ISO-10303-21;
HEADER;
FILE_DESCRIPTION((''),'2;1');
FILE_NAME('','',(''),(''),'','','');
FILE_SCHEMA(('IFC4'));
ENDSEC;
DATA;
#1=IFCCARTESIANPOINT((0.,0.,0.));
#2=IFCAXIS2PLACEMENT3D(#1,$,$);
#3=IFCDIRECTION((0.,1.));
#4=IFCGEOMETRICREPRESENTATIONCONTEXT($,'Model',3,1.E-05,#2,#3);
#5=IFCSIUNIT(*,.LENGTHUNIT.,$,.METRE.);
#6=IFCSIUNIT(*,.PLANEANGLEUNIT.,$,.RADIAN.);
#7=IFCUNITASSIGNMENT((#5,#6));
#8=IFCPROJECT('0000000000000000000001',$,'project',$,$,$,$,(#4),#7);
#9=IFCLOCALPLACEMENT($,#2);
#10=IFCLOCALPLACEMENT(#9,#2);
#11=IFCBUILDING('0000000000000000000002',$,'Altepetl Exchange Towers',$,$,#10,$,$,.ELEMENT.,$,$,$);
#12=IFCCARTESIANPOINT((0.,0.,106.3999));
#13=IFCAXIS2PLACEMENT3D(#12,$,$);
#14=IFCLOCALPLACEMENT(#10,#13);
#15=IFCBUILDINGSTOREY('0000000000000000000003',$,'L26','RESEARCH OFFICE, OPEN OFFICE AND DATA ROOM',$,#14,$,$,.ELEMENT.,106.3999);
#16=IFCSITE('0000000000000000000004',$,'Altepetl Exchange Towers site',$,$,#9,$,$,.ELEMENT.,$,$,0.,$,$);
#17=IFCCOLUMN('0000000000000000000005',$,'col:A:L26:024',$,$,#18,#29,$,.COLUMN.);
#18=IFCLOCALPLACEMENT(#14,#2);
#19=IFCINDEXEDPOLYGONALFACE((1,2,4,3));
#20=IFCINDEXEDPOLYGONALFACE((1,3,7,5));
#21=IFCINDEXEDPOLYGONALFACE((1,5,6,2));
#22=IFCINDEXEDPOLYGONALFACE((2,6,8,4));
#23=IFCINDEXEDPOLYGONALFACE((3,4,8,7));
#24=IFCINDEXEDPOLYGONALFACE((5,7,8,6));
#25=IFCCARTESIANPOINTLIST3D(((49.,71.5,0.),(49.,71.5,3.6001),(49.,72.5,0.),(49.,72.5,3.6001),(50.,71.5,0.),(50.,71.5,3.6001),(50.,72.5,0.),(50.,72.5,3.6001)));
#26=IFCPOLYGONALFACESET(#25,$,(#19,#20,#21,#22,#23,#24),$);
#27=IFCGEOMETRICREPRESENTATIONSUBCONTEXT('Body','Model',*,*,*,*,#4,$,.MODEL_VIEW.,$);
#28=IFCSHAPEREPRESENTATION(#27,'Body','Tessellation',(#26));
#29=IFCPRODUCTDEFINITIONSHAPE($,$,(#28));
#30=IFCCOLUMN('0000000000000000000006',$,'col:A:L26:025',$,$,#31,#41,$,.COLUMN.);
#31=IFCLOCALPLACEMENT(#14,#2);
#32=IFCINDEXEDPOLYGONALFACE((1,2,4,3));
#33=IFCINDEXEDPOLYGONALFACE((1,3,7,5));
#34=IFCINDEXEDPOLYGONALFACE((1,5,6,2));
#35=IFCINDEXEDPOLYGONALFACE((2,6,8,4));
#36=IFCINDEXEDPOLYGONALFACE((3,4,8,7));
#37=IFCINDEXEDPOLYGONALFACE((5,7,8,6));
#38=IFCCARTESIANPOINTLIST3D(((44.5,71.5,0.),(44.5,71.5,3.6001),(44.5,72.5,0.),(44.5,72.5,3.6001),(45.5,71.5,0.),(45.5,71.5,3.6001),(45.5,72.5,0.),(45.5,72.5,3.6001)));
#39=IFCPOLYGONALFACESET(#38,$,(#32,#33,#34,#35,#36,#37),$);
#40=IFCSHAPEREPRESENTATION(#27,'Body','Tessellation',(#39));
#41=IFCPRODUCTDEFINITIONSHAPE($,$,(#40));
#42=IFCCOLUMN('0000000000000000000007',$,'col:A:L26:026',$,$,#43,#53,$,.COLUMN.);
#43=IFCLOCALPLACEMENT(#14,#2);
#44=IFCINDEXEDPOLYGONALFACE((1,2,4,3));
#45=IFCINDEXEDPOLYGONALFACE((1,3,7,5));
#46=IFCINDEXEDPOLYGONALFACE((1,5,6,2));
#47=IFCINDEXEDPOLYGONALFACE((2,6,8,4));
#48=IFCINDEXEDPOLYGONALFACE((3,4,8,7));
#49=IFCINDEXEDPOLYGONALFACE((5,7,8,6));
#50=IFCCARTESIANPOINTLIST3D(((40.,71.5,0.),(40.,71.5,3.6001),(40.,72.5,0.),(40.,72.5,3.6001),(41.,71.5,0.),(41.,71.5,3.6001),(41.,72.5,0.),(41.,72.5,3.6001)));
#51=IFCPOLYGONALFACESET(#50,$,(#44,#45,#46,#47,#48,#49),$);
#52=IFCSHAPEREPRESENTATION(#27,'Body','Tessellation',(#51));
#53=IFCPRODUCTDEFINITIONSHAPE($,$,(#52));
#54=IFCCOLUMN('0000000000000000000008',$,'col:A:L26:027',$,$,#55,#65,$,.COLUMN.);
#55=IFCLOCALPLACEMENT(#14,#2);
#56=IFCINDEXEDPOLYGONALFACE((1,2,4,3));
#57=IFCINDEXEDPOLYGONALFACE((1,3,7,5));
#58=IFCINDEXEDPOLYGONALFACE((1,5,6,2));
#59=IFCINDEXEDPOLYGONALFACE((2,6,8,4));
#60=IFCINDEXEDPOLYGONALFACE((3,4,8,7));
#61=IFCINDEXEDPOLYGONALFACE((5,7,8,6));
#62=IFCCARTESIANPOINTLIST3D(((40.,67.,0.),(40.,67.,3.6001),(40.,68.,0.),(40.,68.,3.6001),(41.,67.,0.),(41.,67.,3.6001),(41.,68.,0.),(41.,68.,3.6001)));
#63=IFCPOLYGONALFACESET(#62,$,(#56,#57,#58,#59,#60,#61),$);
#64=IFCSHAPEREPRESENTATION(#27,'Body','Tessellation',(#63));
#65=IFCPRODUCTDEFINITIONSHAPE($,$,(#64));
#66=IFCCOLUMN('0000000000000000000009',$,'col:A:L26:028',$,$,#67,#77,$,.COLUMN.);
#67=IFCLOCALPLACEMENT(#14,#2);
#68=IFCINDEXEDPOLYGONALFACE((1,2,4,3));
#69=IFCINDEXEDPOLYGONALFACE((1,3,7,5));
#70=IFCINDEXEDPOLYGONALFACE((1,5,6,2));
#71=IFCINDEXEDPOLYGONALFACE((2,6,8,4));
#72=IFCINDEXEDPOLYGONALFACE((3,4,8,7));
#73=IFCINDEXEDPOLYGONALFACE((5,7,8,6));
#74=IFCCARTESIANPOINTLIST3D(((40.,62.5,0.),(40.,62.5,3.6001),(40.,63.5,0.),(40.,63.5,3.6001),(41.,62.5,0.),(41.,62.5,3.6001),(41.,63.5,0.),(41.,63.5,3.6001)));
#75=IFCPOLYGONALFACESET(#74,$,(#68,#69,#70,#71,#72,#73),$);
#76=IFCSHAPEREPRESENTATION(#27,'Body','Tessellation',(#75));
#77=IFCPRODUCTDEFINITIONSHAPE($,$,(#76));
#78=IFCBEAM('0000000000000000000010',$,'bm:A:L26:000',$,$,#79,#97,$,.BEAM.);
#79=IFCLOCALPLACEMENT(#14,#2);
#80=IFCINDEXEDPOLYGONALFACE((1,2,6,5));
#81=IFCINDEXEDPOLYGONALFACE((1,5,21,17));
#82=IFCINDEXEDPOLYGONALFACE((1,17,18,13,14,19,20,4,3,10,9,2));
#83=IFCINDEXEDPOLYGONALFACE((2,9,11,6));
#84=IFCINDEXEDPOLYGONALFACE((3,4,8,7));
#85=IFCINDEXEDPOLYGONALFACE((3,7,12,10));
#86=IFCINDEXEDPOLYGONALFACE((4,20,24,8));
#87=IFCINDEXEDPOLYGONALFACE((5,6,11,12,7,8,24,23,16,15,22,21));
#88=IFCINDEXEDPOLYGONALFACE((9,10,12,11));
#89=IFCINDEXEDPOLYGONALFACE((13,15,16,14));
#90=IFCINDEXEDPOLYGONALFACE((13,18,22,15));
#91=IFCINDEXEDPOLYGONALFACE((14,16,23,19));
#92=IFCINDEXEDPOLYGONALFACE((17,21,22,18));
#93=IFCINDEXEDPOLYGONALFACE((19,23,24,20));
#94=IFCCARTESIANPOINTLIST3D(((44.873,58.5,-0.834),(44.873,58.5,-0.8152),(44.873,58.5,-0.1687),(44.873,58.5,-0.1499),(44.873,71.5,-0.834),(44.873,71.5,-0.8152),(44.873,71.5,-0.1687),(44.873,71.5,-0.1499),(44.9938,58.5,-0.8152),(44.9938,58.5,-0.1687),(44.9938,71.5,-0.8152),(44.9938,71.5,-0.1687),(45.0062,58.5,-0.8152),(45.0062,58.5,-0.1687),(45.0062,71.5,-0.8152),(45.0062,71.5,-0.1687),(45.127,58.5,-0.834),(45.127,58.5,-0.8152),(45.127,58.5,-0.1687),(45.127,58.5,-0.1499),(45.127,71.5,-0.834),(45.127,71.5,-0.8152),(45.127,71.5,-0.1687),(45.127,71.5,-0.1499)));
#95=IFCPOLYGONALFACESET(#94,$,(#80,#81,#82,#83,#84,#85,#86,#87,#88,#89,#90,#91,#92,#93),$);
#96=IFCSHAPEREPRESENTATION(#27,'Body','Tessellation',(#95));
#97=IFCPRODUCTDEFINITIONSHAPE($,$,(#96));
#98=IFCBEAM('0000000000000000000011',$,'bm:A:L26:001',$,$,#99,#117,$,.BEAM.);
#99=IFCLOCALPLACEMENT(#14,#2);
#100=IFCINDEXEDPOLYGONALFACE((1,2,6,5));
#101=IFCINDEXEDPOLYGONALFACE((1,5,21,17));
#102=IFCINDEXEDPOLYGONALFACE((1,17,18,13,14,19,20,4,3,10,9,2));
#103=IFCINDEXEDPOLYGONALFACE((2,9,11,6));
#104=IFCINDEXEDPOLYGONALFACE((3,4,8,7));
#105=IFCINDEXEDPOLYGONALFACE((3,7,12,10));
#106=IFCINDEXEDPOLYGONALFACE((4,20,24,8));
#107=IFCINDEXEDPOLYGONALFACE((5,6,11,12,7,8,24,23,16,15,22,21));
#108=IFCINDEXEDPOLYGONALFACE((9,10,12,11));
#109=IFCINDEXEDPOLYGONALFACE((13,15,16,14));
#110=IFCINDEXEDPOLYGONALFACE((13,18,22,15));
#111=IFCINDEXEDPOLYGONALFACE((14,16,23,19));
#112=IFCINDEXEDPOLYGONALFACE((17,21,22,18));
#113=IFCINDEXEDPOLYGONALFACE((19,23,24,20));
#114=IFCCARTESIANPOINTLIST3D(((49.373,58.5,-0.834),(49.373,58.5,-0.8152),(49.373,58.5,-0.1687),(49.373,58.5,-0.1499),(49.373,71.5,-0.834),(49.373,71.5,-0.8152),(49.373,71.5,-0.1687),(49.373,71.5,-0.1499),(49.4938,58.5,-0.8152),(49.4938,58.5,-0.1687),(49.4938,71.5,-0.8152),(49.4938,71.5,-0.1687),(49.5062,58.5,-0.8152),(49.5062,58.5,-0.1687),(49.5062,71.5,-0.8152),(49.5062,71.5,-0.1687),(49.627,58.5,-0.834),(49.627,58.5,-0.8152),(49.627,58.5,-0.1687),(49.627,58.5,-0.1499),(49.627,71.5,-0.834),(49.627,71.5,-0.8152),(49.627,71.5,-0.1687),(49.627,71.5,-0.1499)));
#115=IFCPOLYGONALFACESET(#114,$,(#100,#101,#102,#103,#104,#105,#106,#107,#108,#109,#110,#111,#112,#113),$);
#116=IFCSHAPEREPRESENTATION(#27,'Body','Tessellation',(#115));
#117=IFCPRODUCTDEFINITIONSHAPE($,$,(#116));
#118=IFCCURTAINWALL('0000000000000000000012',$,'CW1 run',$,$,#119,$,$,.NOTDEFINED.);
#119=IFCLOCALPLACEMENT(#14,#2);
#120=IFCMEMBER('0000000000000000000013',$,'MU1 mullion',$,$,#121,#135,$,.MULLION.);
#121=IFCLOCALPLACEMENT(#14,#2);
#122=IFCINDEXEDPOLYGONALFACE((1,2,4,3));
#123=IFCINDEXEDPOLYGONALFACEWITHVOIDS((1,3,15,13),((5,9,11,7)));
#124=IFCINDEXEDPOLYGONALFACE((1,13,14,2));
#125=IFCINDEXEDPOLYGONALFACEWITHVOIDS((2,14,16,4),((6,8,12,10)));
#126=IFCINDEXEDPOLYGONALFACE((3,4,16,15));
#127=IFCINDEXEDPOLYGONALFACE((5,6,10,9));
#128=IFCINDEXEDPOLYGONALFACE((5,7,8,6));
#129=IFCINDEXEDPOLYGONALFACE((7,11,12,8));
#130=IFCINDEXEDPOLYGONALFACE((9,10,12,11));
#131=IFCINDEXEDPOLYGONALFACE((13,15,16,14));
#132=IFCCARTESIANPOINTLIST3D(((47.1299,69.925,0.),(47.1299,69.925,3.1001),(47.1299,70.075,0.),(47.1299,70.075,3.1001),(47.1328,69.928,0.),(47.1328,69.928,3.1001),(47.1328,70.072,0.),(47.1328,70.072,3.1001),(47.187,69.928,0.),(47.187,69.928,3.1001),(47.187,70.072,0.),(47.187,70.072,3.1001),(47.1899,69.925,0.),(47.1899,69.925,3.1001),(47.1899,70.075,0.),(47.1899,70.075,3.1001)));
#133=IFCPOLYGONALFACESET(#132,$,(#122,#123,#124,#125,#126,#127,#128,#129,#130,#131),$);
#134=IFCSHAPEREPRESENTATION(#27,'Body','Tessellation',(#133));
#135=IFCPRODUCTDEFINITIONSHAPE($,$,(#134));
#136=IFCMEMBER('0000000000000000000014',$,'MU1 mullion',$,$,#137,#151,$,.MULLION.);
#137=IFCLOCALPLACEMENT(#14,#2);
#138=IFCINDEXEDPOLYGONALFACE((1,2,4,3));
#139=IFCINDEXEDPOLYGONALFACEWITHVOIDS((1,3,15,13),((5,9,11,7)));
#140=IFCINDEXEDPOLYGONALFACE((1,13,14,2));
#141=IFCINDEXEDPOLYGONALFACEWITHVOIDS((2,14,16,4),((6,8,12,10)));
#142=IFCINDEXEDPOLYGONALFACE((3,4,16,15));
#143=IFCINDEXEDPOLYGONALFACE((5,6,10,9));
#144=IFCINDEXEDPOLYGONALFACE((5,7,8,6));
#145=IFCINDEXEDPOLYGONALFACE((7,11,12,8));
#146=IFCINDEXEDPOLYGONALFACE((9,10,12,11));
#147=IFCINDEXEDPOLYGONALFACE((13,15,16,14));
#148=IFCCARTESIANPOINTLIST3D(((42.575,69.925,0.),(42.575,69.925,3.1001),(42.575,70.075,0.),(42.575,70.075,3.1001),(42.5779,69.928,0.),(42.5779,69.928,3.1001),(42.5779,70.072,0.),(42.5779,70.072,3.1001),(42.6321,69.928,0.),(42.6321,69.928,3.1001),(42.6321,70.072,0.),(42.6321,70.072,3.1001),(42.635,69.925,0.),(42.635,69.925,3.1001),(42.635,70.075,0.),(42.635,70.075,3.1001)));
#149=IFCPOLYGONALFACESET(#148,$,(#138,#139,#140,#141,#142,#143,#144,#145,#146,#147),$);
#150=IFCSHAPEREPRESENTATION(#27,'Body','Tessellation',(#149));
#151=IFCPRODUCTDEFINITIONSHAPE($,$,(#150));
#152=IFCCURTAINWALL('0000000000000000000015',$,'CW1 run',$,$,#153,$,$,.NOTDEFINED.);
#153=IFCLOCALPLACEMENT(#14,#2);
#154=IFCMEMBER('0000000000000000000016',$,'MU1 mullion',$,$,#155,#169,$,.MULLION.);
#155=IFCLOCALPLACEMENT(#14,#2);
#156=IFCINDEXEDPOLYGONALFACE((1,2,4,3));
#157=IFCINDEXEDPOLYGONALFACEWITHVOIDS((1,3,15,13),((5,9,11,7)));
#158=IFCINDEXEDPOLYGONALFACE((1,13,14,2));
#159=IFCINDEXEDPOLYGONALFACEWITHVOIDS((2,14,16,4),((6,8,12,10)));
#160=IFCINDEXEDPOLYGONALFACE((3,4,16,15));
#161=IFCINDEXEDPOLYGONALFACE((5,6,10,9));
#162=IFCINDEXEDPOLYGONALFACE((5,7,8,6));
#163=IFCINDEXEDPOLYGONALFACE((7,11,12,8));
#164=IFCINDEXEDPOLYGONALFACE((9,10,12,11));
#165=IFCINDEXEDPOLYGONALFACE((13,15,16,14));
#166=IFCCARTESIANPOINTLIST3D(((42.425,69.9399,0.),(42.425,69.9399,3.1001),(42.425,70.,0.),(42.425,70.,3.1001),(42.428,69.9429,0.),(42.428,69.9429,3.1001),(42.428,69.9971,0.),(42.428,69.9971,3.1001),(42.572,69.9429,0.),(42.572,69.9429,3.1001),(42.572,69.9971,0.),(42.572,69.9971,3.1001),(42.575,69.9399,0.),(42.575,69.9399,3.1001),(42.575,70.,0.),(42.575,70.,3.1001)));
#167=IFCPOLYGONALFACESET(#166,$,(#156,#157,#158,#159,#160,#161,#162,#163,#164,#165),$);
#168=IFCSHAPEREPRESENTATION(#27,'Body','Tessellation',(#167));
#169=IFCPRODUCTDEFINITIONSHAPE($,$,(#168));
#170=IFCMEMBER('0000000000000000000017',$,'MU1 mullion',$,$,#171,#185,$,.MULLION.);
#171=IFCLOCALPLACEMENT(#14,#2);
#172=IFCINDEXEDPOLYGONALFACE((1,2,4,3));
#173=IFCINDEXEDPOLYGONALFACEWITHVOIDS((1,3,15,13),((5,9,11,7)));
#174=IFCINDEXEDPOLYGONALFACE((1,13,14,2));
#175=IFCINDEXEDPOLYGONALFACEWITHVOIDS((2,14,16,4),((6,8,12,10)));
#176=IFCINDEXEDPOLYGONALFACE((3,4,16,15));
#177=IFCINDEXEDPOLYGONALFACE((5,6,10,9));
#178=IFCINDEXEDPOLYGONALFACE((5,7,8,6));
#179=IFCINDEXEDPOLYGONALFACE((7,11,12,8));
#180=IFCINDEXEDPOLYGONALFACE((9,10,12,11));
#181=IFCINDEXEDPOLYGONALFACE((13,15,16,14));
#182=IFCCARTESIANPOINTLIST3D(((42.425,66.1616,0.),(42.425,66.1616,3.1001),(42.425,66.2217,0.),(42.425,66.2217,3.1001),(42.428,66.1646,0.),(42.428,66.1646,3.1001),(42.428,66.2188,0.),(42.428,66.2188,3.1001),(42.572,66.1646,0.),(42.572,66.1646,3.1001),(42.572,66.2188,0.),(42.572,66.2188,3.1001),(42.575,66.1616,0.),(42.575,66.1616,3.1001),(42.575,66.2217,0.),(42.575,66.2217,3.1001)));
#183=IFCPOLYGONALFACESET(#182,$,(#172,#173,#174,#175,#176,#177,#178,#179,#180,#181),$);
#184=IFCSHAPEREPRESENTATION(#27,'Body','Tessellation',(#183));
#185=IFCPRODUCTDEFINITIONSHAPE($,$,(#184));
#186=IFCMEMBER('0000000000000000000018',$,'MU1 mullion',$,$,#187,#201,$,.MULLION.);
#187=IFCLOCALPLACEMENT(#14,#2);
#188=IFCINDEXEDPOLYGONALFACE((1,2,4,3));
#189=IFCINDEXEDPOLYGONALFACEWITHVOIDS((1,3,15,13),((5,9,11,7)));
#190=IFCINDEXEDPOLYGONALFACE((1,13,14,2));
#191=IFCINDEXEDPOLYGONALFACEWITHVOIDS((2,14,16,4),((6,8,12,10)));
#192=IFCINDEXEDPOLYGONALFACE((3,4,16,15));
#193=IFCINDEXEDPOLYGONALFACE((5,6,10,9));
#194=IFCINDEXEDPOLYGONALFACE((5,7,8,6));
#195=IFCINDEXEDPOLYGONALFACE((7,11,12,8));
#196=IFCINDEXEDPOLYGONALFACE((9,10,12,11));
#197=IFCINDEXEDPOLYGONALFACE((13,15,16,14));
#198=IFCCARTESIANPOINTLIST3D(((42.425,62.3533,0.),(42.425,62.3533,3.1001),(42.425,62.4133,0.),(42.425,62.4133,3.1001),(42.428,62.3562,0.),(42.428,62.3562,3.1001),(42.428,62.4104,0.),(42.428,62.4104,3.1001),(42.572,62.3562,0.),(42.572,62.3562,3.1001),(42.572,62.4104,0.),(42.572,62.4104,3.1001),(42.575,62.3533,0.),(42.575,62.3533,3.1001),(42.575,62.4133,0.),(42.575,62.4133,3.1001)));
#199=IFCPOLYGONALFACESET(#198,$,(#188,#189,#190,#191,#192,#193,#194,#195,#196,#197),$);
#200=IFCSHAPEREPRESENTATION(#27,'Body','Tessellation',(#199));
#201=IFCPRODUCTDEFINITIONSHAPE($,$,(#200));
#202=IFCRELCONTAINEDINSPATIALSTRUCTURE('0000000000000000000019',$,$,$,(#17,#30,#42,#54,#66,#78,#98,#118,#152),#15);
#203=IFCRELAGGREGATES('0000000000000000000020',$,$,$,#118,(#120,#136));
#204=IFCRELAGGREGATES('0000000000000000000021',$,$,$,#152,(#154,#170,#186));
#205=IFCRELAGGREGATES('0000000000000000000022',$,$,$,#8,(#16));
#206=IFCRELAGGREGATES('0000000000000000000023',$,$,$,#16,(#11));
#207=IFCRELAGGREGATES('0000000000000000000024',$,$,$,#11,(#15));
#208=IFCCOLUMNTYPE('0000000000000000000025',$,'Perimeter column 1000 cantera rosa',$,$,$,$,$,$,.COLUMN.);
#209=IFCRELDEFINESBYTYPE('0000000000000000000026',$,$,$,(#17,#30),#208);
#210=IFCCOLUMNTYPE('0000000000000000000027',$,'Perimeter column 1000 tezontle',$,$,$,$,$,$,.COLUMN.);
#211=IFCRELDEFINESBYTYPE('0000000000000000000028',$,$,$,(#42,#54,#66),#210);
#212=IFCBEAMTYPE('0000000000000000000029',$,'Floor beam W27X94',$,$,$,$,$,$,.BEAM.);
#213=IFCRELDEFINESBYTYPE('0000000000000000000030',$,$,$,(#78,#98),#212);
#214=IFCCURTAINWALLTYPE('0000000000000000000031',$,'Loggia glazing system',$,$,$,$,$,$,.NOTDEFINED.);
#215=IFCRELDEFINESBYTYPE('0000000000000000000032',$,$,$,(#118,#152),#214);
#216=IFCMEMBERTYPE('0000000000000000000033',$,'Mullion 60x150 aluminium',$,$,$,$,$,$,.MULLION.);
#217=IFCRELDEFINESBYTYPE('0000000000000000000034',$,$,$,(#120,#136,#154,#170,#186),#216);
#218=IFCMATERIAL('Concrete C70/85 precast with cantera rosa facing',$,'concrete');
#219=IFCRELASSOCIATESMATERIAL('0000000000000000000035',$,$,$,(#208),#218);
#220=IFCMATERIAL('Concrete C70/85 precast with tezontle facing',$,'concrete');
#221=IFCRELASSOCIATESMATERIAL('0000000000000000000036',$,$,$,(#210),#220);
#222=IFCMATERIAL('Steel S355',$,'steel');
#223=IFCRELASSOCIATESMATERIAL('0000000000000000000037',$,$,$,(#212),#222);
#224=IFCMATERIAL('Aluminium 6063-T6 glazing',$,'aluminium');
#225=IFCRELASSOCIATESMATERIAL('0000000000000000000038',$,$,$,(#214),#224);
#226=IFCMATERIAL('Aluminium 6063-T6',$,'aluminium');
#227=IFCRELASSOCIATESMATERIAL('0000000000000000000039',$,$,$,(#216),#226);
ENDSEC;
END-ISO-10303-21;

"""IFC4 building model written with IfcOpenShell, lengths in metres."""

from ifc_helpers import new_model, si_unit, direction, frame, origin, origin_2d, place, context, subcontext, project, spatial, rectangle, hollow_rectangle, i_section, extrude, material, material_profile, profile_set, type_object, element, aggregate, save


model = new_model("IFC4")

# Units and contexts
model_context = context("Model", 3, precision=1e-05, world=origin(), true_north=direction((0.0, 1.0)))
body_context = subcontext(model_context, "Body", "Model", "MODEL_VIEW")
ifc_project = project(units=[si_unit("LENGTHUNIT", "METRE"), si_unit("PLANEANGLEUNIT", "RADIAN")], contexts=[model_context])

# Site, building, storey
site_placement = place(None, origin())
site = spatial("IfcSite", under=ifc_project, at=site_placement, Name="Altepetl Exchange Towers site", CompositionType="ELEMENT", RefElevation=0.0)
building_placement = place(site_placement, origin())
building = spatial("IfcBuilding", under=site, at=building_placement, Name="Altepetl Exchange Towers", CompositionType="ELEMENT")
storey_placement = place(building_placement, frame((0.0, 0.0, 106.3999)))
storey = spatial("IfcBuildingStorey", under=building, at=storey_placement, Name="L26", Description="RESEARCH OFFICE, OPEN OFFICE AND DATA ROOM", CompositionType="ELEMENT", Elevation=106.3999)

# Columns
ifc_material_1 = material(Name="Concrete C70/85 precast with cantera rosa facing", Category="concrete")
ifc_material_profile_1 = material_profile(ifc_material_1, rectangle(XDim=1.0, YDim=1.0, at=origin_2d()), Name="1000 x 1000")
ifc_profile_set_1 = profile_set([ifc_material_profile_1], Name="Concrete C70/85 precast with cantera rosa facing")
column_type_1 = type_object("IfcColumnType", Name="Perimeter column 1000 cantera rosa", PredefinedType="COLUMN", material=ifc_profile_set_1)
for number, where, name in (
    (1, (49.5, 72.0, 0.0), "col:A:L26:024"),
    (2, (45.0, 72.0, 0.0), "col:A:L26:025"),
):
    element("IfcColumn", number, at=place(storey_placement, frame(where)), inside=storey, type_object=column_type_1, Name=name, PredefinedType="COLUMN", context=body_context, shape_type="SweptSolid", body=[
        extrude(rectangle(XDim=1.0, YDim=1.0, at=origin_2d()), origin(), (0.0, 0.0, 1.0), 3.6001),
    ])
ifc_material_2 = material(Name="Concrete C70/85 precast with tezontle facing", Category="concrete")
ifc_material_profile_2 = material_profile(ifc_material_2, rectangle(XDim=1.0, YDim=1.0, at=origin_2d()), Name="1000 x 1000")
ifc_profile_set_2 = profile_set([ifc_material_profile_2], Name="Concrete C70/85 precast with tezontle facing")
column_type_2 = type_object("IfcColumnType", Name="Perimeter column 1000 tezontle", PredefinedType="COLUMN", material=ifc_profile_set_2)
for number, where, name in (
    (3, (40.5, 72.0, 0.0), "col:A:L26:026"),
    (4, (40.5, 67.5, 0.0), "col:A:L26:027"),
    (5, (40.5, 63.0, 0.0), "col:A:L26:028"),
):
    element("IfcColumn", number, at=place(storey_placement, frame(where)), inside=storey, type_object=column_type_2, Name=name, PredefinedType="COLUMN", context=body_context, shape_type="SweptSolid", body=[
        extrude(rectangle(XDim=1.0, YDim=1.0, at=origin_2d()), origin(), (0.0, 0.0, 1.0), 3.6001),
    ])

# Beams
ifc_material_3 = material(Name="Steel S355", Category="steel")
ifc_material_profile_3 = material_profile(ifc_material_3, i_section(OverallWidth=0.2539, OverallDepth=0.6841, WebThickness=0.0125, FlangeThickness=0.0188, at=origin_2d()), Name="W27X94")
ifc_profile_set_3 = profile_set([ifc_material_profile_3], Name="Steel S355")
beam_type_1 = type_object("IfcBeamType", Name="Floor beam W27X94", PredefinedType="BEAM", material=ifc_profile_set_3)
for number, where, z_axis, x_axis, name in (
    (6, (45.0, 58.5, -0.4919), (0.0, 1.0, 0.0), (-1.0, 0.0, 0.0), "bm:A:L26:000"),
    (7, (49.5, 58.5, -0.4919), (0.0, 1.0, 0.0), (-1.0, 0.0, 0.0), "bm:A:L26:001"),
):
    element("IfcBeam", number, at=place(storey_placement, frame(where, z_axis=z_axis, x_axis=x_axis)), inside=storey, type_object=beam_type_1, Name=name, PredefinedType="BEAM", context=body_context, shape_type="SweptSolid", body=[
        extrude(i_section(OverallWidth=0.2539, OverallDepth=0.6841, WebThickness=0.0125, FlangeThickness=0.0188, at=origin_2d()), origin(), (0.0, 0.0, 1.0), 13.0),
    ])

# Curtain walls, members
ifc_material_4 = material(Name="Aluminium 6063-T6 glazing", Category="aluminium")
curtain_wall_type = type_object("IfcCurtainWallType", Name="Loggia glazing system", PredefinedType="NOTDEFINED", material=ifc_material_4)
curtain_wall_1_placement = place(storey_placement, origin())
curtain_wall_1 = element("IfcCurtainWall", 8, at=curtain_wall_1_placement, inside=storey, type_object=curtain_wall_type, Name="CW1 run", PredefinedType="NOTDEFINED")
ifc_material_5 = material(Name="Aluminium 6063-T6", Category="aluminium")
ifc_material_profile_4 = material_profile(ifc_material_5, hollow_rectangle(XDim=0.0601, YDim=0.1499, WallThickness=0.0029, at=origin_2d()), Name="Mullion 60x150 aluminium")
ifc_profile_set_4 = profile_set([ifc_material_profile_4], Name="Aluminium 6063-T6")
member_type = type_object("IfcMemberType", Name="Mullion 60x150 aluminium", PredefinedType="MULLION", material=ifc_profile_set_4)
member_1_placement = place(storey_placement, frame((47.1599, 70.0, 0.0), z_axis=(0.0, 0.0, 1.0), x_axis=(-1.0, 0.0, 0.0)))
member_1 = element("IfcMember", 9, at=member_1_placement, type_object=member_type, Name="MU1 mullion", PredefinedType="MULLION", context=body_context, shape_type="SweptSolid", body=[
    extrude(hollow_rectangle(XDim=0.0601, YDim=0.1499, WallThickness=0.0029, at=origin_2d()), origin(), (0.0, 0.0, 1.0), 3.1001),
])
member_2_placement = place(storey_placement, frame((42.605, 70.0, 0.0), z_axis=(0.0, 0.0, 1.0), x_axis=(-1.0, 0.0, 0.0)))
member_2 = element("IfcMember", 10, at=member_2_placement, type_object=member_type, Name="MU1 mullion", PredefinedType="MULLION", context=body_context, shape_type="SweptSolid", body=[
    extrude(hollow_rectangle(XDim=0.0601, YDim=0.1499, WallThickness=0.0029, at=origin_2d()), origin(), (0.0, 0.0, 1.0), 3.1001),
])
curtain_wall_2_placement = place(storey_placement, origin())
curtain_wall_2 = element("IfcCurtainWall", 11, at=curtain_wall_2_placement, inside=storey, type_object=curtain_wall_type, Name="CW1 run", PredefinedType="NOTDEFINED")
member_3_placement = place(storey_placement, frame((42.5, 69.97, 0.0), z_axis=(0.0, 0.0, 1.0), x_axis=(0.0, -1.0, 0.0)))
member_3 = element("IfcMember", 12, at=member_3_placement, type_object=member_type, Name="MU1 mullion", PredefinedType="MULLION", context=body_context, shape_type="SweptSolid", body=[
    extrude(hollow_rectangle(XDim=0.0601, YDim=0.1499, WallThickness=0.0029, at=origin_2d()), origin(), (0.0, 0.0, 1.0), 3.1001),
])
member_4_placement = place(storey_placement, frame((42.5, 66.1917, 0.0), z_axis=(0.0, 0.0, 1.0), x_axis=(0.0, -1.0, 0.0)))
member_4 = element("IfcMember", 13, at=member_4_placement, type_object=member_type, Name="MU1 mullion", PredefinedType="MULLION", context=body_context, shape_type="SweptSolid", body=[
    extrude(hollow_rectangle(XDim=0.0601, YDim=0.1499, WallThickness=0.0029, at=origin_2d()), origin(), (0.0, 0.0, 1.0), 3.1001),
])
member_5_placement = place(storey_placement, frame((42.5, 62.3833, 0.0), z_axis=(0.0, 0.0, 1.0), x_axis=(0.0, -1.0, 0.0)))
member_5 = element("IfcMember", 14, at=member_5_placement, type_object=member_type, Name="MU1 mullion", PredefinedType="MULLION", context=body_context, shape_type="SweptSolid", body=[
    extrude(hollow_rectangle(XDim=0.0601, YDim=0.1499, WallThickness=0.0029, at=origin_2d()), origin(), (0.0, 0.0, 1.0), 3.1001),
])

aggregate(curtain_wall_1, [member_1, member_2])
aggregate(curtain_wall_2, [member_3, member_4, member_5])

save(model, "model.ifc")
